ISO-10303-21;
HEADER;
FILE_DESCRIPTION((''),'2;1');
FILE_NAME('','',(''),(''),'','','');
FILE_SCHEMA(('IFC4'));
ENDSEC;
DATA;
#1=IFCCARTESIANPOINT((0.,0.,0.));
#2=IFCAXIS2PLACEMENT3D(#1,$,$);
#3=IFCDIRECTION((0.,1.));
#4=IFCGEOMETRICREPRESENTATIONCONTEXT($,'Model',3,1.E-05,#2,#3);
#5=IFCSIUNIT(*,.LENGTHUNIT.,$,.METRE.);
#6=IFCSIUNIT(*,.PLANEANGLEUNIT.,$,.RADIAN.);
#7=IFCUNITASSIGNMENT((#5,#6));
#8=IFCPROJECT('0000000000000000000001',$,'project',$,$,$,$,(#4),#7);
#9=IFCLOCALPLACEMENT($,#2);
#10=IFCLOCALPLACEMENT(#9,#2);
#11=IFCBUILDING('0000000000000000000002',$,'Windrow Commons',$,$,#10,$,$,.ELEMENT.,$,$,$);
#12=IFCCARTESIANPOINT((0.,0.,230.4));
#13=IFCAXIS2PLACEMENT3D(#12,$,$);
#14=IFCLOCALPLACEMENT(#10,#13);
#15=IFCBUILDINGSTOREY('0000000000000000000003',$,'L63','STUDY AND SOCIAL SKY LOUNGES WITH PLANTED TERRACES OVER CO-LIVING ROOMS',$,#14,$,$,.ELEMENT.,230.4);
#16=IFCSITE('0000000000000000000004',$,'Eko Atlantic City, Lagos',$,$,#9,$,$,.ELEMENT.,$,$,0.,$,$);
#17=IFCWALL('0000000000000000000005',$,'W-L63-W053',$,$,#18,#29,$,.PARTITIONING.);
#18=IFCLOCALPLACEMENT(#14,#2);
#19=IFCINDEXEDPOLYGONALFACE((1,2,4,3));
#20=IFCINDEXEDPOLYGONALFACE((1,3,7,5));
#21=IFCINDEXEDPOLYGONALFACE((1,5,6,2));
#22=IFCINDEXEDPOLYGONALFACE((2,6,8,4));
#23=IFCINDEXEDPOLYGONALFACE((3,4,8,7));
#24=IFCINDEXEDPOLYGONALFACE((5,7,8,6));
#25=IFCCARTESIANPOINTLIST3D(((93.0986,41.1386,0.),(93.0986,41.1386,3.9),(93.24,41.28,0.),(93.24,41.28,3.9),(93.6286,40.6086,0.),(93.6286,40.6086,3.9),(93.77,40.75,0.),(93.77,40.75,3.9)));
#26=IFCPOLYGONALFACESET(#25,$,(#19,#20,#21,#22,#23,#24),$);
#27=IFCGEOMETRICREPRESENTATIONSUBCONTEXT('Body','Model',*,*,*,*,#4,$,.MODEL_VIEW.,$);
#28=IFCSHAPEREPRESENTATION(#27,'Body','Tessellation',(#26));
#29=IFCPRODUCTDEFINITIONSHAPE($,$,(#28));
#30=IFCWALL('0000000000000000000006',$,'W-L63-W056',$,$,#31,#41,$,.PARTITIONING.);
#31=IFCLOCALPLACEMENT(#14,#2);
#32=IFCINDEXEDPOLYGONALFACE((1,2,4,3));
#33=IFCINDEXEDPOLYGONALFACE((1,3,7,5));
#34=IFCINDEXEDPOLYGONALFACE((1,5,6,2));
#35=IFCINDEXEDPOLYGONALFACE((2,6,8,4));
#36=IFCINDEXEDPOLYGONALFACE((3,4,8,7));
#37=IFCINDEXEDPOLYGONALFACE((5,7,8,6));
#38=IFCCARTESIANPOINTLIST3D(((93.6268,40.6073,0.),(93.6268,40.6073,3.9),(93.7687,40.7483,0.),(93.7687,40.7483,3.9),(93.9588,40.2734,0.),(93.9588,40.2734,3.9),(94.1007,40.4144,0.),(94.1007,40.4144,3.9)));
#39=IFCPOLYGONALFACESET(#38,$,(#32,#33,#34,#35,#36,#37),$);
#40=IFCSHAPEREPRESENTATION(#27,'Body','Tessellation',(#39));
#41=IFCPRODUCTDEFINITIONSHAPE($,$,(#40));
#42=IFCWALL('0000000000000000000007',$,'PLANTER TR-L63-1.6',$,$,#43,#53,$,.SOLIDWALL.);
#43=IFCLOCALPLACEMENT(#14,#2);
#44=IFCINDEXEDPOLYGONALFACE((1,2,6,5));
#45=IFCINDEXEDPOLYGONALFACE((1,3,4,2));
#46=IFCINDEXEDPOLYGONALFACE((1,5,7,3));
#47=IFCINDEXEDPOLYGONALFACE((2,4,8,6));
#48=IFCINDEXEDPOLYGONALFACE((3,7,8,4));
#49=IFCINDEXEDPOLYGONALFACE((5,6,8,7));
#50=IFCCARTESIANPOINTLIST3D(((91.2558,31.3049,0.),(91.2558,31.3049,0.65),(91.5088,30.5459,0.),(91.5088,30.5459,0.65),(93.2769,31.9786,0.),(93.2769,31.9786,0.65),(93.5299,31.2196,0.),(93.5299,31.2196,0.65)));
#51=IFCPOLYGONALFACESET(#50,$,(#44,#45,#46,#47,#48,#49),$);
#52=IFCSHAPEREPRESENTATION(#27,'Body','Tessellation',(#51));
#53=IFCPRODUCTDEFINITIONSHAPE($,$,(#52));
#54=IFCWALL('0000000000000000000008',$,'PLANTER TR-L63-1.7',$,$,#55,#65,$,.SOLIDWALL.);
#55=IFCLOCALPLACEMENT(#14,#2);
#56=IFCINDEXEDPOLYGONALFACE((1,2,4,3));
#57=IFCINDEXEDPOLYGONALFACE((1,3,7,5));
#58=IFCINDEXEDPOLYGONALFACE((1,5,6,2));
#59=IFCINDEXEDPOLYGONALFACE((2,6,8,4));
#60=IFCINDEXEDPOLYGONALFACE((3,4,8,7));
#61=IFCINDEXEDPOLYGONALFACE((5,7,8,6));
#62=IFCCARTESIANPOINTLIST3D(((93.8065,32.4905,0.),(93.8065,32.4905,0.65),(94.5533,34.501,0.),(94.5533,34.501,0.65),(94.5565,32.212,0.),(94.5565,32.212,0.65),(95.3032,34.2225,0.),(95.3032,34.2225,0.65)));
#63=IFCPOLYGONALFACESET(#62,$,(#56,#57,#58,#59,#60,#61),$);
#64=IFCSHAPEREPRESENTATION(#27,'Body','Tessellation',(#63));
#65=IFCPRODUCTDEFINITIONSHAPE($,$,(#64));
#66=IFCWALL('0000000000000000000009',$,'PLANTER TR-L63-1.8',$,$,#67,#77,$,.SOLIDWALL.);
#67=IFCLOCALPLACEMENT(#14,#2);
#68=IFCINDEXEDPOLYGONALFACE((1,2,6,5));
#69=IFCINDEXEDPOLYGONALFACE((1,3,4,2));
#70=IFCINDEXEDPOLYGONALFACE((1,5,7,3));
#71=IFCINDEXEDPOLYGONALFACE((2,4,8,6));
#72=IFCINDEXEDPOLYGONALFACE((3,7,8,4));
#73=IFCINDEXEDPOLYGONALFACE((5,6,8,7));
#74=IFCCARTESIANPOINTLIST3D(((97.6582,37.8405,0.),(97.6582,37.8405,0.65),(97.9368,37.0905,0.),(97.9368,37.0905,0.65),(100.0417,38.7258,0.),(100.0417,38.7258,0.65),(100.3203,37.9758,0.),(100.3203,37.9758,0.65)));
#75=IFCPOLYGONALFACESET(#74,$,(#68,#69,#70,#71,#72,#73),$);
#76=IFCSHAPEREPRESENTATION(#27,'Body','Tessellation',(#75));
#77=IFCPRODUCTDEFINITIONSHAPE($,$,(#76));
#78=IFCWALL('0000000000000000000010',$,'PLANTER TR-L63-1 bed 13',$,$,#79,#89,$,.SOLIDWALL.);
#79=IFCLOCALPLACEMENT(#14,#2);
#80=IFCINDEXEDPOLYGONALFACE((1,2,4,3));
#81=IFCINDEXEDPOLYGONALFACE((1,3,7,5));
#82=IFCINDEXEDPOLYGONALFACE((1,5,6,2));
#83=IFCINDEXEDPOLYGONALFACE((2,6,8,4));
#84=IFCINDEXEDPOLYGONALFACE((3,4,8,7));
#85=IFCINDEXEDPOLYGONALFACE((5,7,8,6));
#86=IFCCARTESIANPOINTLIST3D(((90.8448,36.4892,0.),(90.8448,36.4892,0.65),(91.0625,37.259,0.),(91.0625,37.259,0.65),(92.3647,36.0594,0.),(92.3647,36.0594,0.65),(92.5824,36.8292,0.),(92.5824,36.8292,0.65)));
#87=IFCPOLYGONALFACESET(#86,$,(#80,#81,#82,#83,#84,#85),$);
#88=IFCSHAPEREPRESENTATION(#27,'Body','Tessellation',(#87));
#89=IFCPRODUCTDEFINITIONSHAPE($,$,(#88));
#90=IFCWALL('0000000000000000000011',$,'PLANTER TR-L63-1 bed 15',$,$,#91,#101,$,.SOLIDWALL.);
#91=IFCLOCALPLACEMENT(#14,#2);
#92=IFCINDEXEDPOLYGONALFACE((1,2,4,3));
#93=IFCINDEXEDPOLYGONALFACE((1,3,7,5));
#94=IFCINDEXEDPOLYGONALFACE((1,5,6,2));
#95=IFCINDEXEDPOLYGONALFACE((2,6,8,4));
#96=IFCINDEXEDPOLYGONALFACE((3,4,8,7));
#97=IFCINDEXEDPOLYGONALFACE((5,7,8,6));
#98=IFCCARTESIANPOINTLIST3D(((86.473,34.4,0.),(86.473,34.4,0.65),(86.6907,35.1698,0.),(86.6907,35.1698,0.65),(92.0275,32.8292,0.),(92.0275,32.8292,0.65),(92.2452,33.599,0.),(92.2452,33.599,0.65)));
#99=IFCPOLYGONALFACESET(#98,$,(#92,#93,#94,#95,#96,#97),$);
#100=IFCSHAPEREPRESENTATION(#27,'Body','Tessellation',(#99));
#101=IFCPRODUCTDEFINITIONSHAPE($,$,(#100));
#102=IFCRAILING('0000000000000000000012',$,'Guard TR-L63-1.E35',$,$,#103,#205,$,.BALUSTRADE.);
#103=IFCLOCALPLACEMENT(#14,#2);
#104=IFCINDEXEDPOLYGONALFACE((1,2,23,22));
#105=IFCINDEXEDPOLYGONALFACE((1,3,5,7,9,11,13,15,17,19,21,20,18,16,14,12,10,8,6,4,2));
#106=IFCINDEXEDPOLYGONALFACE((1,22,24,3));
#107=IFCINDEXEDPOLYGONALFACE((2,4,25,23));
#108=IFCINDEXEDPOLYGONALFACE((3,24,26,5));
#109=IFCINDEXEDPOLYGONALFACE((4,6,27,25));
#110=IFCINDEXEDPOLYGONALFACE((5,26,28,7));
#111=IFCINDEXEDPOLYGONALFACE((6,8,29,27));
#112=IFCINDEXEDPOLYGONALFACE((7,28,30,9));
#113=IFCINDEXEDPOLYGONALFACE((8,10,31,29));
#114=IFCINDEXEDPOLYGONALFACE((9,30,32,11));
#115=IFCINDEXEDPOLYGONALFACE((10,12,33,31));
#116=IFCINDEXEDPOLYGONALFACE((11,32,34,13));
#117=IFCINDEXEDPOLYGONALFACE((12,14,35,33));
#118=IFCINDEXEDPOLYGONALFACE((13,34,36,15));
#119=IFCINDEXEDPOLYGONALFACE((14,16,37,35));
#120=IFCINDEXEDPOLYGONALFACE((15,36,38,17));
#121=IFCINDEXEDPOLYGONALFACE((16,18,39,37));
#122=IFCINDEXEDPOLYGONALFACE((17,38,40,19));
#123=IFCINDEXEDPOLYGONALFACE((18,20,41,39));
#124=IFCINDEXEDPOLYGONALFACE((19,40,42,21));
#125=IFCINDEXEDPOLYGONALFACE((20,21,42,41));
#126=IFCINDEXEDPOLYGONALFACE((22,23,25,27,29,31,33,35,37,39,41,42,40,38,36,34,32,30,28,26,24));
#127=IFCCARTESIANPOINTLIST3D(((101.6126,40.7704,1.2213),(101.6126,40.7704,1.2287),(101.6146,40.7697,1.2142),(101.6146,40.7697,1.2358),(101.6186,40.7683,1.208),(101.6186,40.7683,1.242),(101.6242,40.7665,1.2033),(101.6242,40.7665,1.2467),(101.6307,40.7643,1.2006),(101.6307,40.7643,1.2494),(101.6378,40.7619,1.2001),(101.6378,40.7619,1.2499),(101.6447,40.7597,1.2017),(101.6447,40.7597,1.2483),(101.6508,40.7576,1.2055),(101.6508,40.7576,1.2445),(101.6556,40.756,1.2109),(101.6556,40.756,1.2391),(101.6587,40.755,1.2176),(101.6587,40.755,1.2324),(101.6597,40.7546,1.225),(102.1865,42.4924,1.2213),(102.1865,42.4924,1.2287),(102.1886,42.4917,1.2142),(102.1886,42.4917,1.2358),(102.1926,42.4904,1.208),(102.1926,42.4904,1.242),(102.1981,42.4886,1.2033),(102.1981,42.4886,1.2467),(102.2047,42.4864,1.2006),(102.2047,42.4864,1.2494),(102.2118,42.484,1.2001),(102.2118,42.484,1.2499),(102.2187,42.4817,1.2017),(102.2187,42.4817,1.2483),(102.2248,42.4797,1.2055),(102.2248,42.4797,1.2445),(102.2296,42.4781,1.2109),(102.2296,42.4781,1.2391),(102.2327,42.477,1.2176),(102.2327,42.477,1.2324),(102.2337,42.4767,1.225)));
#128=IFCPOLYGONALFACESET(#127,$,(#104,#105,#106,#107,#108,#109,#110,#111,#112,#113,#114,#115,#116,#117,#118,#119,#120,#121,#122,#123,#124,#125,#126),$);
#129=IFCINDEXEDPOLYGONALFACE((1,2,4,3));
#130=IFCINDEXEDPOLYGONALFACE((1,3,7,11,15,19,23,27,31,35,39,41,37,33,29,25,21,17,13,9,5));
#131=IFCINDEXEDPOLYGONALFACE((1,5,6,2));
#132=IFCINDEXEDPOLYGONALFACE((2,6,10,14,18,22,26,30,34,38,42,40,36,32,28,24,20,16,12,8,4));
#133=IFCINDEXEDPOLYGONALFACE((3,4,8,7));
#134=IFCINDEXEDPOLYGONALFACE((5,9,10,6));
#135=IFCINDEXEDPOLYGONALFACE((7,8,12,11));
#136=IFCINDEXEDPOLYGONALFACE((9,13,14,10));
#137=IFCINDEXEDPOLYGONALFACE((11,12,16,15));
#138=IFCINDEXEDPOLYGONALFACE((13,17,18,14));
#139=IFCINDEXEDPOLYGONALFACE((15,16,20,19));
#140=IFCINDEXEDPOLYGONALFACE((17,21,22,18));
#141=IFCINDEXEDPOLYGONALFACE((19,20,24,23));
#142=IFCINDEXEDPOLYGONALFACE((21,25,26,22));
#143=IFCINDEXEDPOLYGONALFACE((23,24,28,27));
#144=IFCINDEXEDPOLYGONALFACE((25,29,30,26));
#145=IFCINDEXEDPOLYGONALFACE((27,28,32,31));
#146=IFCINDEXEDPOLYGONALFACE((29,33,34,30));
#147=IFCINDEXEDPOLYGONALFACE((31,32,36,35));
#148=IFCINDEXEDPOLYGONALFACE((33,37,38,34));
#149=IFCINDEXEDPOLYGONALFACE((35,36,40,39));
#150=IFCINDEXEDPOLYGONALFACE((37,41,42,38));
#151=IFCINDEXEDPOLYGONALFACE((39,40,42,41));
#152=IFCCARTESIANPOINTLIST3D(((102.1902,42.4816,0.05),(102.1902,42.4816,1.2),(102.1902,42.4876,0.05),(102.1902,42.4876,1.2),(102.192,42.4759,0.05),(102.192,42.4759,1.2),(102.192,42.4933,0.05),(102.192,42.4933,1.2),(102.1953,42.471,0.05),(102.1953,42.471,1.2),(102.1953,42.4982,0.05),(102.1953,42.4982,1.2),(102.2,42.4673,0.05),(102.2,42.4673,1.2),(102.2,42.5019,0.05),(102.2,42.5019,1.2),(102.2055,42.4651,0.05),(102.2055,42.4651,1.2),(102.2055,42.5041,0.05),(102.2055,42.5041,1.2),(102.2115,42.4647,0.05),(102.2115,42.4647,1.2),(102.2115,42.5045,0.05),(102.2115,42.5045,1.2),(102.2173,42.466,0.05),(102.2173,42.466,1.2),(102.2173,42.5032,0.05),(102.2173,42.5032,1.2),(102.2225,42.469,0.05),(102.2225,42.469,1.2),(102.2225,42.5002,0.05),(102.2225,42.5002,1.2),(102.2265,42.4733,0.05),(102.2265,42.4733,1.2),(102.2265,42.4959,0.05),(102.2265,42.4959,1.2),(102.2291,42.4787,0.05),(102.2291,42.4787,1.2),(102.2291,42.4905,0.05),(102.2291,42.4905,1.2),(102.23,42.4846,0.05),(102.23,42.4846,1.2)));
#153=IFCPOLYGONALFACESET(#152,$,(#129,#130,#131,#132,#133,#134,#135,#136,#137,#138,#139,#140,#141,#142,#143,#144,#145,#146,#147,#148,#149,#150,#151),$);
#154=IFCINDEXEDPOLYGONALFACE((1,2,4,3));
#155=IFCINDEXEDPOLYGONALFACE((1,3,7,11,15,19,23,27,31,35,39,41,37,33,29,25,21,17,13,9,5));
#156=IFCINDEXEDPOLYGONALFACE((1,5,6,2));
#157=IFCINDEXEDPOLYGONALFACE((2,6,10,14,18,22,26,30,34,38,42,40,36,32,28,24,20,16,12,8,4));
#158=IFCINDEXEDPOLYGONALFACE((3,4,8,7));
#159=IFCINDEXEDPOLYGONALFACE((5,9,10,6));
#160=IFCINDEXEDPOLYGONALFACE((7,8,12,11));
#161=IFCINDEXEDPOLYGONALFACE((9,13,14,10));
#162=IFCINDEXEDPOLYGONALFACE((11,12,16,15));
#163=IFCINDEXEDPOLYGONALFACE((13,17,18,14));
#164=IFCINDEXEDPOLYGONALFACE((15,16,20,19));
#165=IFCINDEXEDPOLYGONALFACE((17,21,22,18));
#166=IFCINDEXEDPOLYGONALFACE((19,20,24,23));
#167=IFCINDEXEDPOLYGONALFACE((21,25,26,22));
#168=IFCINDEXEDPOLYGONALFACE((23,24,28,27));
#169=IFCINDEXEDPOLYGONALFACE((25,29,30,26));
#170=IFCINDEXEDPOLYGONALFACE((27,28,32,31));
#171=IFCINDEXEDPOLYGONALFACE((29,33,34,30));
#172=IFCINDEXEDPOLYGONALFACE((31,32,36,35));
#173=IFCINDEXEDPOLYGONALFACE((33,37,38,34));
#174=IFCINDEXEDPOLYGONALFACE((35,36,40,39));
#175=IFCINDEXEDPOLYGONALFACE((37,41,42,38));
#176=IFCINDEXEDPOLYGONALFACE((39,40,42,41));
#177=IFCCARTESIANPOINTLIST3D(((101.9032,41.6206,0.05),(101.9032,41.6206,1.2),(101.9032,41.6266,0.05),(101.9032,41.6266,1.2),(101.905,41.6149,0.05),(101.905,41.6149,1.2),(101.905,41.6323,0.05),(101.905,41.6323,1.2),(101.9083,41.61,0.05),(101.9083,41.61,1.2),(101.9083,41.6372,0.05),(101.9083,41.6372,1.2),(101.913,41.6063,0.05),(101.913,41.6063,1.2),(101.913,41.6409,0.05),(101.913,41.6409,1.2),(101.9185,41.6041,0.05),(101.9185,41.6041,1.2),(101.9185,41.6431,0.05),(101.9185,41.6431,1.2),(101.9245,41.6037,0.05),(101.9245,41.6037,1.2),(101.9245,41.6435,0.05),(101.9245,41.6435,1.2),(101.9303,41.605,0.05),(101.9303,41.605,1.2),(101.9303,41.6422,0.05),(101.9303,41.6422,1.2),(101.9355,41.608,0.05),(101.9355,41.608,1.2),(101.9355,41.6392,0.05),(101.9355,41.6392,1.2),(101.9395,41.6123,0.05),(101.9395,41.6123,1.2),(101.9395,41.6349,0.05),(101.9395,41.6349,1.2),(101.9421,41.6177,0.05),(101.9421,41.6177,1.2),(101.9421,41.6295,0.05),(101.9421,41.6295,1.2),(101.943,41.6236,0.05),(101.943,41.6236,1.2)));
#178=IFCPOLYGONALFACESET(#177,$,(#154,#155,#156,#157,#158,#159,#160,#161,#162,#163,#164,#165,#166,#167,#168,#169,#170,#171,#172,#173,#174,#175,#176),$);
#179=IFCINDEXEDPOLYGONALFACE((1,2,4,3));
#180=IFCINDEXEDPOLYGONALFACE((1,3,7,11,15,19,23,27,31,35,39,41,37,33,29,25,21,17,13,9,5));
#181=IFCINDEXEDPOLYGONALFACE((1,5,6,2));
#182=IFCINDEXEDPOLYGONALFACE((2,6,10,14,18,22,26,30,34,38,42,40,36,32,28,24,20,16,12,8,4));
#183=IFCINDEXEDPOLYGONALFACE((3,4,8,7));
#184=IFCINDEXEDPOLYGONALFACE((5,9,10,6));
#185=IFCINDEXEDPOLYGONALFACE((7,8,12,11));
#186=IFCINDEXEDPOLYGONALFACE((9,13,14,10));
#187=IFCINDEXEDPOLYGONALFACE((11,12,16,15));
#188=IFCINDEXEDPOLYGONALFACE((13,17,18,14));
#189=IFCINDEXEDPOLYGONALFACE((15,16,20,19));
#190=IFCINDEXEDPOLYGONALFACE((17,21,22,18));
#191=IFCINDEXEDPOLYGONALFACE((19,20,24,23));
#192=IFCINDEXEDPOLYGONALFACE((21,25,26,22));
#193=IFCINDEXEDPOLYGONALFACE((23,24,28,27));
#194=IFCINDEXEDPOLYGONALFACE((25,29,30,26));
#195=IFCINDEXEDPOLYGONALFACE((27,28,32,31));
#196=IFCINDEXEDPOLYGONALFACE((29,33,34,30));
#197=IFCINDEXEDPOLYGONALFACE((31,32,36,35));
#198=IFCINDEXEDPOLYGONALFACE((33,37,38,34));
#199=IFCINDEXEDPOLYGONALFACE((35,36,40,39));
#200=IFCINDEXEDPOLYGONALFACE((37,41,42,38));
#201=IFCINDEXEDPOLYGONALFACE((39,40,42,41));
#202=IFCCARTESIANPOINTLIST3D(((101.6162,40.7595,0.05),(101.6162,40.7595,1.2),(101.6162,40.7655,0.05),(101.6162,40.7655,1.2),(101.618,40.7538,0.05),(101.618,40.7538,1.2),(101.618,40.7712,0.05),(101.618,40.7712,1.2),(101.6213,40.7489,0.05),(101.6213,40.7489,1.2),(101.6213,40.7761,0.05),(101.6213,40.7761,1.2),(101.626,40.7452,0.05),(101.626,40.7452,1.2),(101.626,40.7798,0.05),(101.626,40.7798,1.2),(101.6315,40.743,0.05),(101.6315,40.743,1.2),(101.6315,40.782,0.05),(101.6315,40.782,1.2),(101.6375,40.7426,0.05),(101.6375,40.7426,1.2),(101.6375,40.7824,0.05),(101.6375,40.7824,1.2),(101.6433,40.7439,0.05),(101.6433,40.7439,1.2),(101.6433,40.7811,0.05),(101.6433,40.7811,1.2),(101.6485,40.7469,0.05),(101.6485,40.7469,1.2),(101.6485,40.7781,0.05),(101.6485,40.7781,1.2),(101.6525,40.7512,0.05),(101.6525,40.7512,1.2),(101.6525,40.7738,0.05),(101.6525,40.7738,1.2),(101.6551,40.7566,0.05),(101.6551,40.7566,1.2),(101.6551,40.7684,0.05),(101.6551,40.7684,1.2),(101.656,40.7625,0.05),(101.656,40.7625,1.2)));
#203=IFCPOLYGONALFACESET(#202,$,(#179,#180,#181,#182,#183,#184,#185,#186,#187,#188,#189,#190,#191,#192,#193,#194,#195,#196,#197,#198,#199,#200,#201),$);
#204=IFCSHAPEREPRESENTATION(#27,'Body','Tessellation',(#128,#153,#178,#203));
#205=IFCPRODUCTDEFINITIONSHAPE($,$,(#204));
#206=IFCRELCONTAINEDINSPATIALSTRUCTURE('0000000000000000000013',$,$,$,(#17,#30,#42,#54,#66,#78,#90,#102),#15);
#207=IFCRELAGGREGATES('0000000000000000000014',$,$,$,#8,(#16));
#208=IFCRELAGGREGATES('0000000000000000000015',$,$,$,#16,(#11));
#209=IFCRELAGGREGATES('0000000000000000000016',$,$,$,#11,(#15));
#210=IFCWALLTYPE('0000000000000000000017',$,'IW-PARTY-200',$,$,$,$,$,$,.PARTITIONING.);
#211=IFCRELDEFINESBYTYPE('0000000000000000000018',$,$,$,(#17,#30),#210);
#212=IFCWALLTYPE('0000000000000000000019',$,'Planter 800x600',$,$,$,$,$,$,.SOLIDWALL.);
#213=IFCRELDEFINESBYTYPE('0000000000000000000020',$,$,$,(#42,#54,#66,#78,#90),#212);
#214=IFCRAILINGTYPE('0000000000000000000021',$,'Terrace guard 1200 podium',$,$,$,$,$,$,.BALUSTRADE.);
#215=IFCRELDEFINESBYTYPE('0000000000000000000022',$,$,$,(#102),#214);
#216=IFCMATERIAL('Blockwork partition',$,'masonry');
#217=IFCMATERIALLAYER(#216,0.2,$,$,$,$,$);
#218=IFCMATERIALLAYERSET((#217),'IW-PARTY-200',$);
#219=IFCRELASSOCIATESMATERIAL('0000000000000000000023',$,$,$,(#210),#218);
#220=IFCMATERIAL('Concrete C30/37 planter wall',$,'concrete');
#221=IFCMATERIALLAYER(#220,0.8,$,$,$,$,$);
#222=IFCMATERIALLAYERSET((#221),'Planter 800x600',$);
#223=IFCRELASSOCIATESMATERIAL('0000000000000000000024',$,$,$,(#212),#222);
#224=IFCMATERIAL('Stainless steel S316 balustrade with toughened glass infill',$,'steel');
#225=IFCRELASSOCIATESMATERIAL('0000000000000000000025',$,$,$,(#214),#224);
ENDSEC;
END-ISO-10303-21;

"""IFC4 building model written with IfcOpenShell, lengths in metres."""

from ifc_helpers import new_model, si_unit, direction, frame, frame_2d, origin, origin_2d, place, context, subcontext, project, spatial, rectangle, circle, extrude, material, layer, layer_set, type_object, element, save


model = new_model("IFC4")

# Units and contexts
model_context = context("Model", 3, precision=1e-05, world=origin(), true_north=direction((0.0, 1.0)))
body_context = subcontext(model_context, "Body", "Model", "MODEL_VIEW")
ifc_project = project(units=[si_unit("LENGTHUNIT", "METRE"), si_unit("PLANEANGLEUNIT", "RADIAN")], contexts=[model_context])

# Site, building, storey
site_placement = place(None, origin())
site = spatial("IfcSite", under=ifc_project, at=site_placement, Name="Eko Atlantic City, Lagos", CompositionType="ELEMENT", RefElevation=0.0)
building_placement = place(site_placement, origin())
building = spatial("IfcBuilding", under=site, at=building_placement, Name="Windrow Commons", CompositionType="ELEMENT")
storey_placement = place(building_placement, frame((0.0, 0.0, 230.4)))
storey = spatial("IfcBuildingStorey", under=building, at=storey_placement, Name="L63", Description="STUDY AND SOCIAL SKY LOUNGES WITH PLANTED TERRACES OVER CO-LIVING ROOMS", CompositionType="ELEMENT", Elevation=230.4)

# Walls
ifc_material_1 = material(Name="Blockwork partition", Category="masonry")
ifc_layer_1 = layer(ifc_material_1, 0.2)
ifc_layer_set_1 = layer_set([ifc_layer_1], Name="IW-PARTY-200")
wall_type_1 = type_object("IfcWallType", Name="IW-PARTY-200", PredefinedType="PARTITIONING", material=ifc_layer_set_1)
wall_1_placement = place(storey_placement, frame((93.1693, 41.2093, 0.0), z_axis=(0.0, 0.0, 1.0), x_axis=(0.707107, -0.707107, 0.0)))
element("IfcWall", 1, at=wall_1_placement, inside=storey, type_object=wall_type_1, Name="W-L63-W053", PredefinedType="PARTITIONING", context=body_context, shape_type="SweptSolid", body=[
    extrude(rectangle(XDim=0.7495, YDim=0.2, at=frame_2d((0.3748, 0.0))), origin(), (0.0, 0.0, 1.0), 3.9),
])
wall_2_placement = place(storey_placement, frame((93.6978, 40.6778, 0.0), z_axis=(0.0, 0.0, 1.0), x_axis=(0.70498, -0.709227, 0.0)))
element("IfcWall", 2, at=wall_2_placement, inside=storey, type_object=wall_type_1, Name="W-L63-W056", PredefinedType="PARTITIONING", context=body_context, shape_type="SweptSolid", body=[
    extrude(rectangle(XDim=0.4709, YDim=0.2, at=frame_2d((0.2354, 0.0))), origin(), (0.0, 0.0, 1.0), 3.9),
])
ifc_material_2 = material(Name="Concrete C30/37 planter wall", Category="concrete")
ifc_layer_2 = layer(ifc_material_2, 0.8)
ifc_layer_set_2 = layer_set([ifc_layer_2], Name="Planter 800x600")
wall_type_2 = type_object("IfcWallType", Name="Planter 800x600", PredefinedType="SOLIDWALL", material=ifc_layer_set_2)
wall_3_placement = place(storey_placement, frame((91.3823, 30.9254, 0.0), z_axis=(0.0, 0.0, 1.0), x_axis=(0.948683, 0.316228, 0.0)))
element("IfcWall", 3, at=wall_3_placement, inside=storey, type_object=wall_type_2, Name="PLANTER TR-L63-1.6", PredefinedType="SOLIDWALL", context=body_context, shape_type="SweptSolid", body=[
    extrude(rectangle(XDim=2.1304, YDim=0.8, at=frame_2d((1.0652, 0.0))), origin(), (0.0, 0.0, 1.0), 0.65),
])
wall_4_placement = place(storey_placement, frame((94.1815, 32.3513, 0.0), z_axis=(0.0, 0.0, 1.0), x_axis=(0.348204, 0.937419, 0.0)))
element("IfcWall", 4, at=wall_4_placement, inside=storey, type_object=wall_type_2, Name="PLANTER TR-L63-1.7", PredefinedType="SOLIDWALL", context=body_context, shape_type="SweptSolid", body=[
    extrude(rectangle(XDim=2.1447, YDim=0.8, at=frame_2d((1.0723, 0.0))), origin(), (0.0, 0.0, 1.0), 0.65),
])
wall_5_placement = place(storey_placement, frame((97.7975, 37.4655, 0.0), z_axis=(0.0, 0.0, 1.0), x_axis=(0.937425, 0.348187, 0.0)))
element("IfcWall", 5, at=wall_5_placement, inside=storey, type_object=wall_type_2, Name="PLANTER TR-L63-1.8", PredefinedType="SOLIDWALL", context=body_context, shape_type="SweptSolid", body=[
    extrude(rectangle(XDim=2.5426, YDim=0.8, at=frame_2d((1.2713, 0.0))), origin(), (0.0, 0.0, 1.0), 0.65),
])
wall_6_placement = place(storey_placement, frame((92.4735, 36.4443, 0.0), z_axis=(0.0, 0.0, 1.0), x_axis=(-0.962266, 0.272111, 0.0)))
element("IfcWall", 6, at=wall_6_placement, inside=storey, type_object=wall_type_2, Name="PLANTER TR-L63-1 bed 13", PredefinedType="SOLIDWALL", context=body_context, shape_type="SweptSolid", body=[
    extrude(rectangle(XDim=1.5795, YDim=0.8, at=frame_2d((0.7897, 0.0))), origin(), (0.0, 0.0, 1.0), 0.65),
])
wall_7_placement = place(storey_placement, frame((92.1364, 33.2141, 0.0), z_axis=(0.0, 0.0, 1.0), x_axis=(-0.962262, 0.272125, 0.0)))
element("IfcWall", 7, at=wall_7_placement, inside=storey, type_object=wall_type_2, Name="PLANTER TR-L63-1 bed 15", PredefinedType="SOLIDWALL", context=body_context, shape_type="SweptSolid", body=[
    extrude(rectangle(XDim=5.7723, YDim=0.8, at=frame_2d((2.8862, 0.0))), origin(), (0.0, 0.0, 1.0), 0.65),
])

# Railing
ifc_material_3 = material(Name="Stainless steel S316 balustrade with toughened glass infill", Category="steel")
railing_type = type_object("IfcRailingType", Name="Terrace guard 1200 podium", PredefinedType="BALUSTRADE", material=ifc_material_3)
railing_1_placement = place(storey_placement, frame((102.21, 42.4846, 0.05)))
element("IfcRailing", 8, at=railing_1_placement, inside=storey, type_object=railing_type, Name="Guard TR-L63-1.E35", PredefinedType="BALUSTRADE", context=body_context, shape_type="SweptSolid", body=[
    extrude(circle(Radius=0.025, at=origin_2d()), frame((0.0, 0.0, 1.175), z_axis=(-0.316211, -0.948689, 0.0), x_axis=(0.948689, -0.316211, 0.0)), (0.0, 0.0, 1.0), 1.8152),
    extrude(circle(Radius=0.02, at=origin_2d()), origin(), (0.0, 0.0, 1.0), 1.15),
    extrude(circle(Radius=0.02, at=origin_2d()), frame((-0.287, -0.861, 0.0)), (0.0, 0.0, 1.0), 1.15),
    extrude(circle(Radius=0.02, at=origin_2d()), frame((-0.574, -1.7221, 0.0)), (0.0, 0.0, 1.0), 1.15),
])

save(model, "model.ifc")
